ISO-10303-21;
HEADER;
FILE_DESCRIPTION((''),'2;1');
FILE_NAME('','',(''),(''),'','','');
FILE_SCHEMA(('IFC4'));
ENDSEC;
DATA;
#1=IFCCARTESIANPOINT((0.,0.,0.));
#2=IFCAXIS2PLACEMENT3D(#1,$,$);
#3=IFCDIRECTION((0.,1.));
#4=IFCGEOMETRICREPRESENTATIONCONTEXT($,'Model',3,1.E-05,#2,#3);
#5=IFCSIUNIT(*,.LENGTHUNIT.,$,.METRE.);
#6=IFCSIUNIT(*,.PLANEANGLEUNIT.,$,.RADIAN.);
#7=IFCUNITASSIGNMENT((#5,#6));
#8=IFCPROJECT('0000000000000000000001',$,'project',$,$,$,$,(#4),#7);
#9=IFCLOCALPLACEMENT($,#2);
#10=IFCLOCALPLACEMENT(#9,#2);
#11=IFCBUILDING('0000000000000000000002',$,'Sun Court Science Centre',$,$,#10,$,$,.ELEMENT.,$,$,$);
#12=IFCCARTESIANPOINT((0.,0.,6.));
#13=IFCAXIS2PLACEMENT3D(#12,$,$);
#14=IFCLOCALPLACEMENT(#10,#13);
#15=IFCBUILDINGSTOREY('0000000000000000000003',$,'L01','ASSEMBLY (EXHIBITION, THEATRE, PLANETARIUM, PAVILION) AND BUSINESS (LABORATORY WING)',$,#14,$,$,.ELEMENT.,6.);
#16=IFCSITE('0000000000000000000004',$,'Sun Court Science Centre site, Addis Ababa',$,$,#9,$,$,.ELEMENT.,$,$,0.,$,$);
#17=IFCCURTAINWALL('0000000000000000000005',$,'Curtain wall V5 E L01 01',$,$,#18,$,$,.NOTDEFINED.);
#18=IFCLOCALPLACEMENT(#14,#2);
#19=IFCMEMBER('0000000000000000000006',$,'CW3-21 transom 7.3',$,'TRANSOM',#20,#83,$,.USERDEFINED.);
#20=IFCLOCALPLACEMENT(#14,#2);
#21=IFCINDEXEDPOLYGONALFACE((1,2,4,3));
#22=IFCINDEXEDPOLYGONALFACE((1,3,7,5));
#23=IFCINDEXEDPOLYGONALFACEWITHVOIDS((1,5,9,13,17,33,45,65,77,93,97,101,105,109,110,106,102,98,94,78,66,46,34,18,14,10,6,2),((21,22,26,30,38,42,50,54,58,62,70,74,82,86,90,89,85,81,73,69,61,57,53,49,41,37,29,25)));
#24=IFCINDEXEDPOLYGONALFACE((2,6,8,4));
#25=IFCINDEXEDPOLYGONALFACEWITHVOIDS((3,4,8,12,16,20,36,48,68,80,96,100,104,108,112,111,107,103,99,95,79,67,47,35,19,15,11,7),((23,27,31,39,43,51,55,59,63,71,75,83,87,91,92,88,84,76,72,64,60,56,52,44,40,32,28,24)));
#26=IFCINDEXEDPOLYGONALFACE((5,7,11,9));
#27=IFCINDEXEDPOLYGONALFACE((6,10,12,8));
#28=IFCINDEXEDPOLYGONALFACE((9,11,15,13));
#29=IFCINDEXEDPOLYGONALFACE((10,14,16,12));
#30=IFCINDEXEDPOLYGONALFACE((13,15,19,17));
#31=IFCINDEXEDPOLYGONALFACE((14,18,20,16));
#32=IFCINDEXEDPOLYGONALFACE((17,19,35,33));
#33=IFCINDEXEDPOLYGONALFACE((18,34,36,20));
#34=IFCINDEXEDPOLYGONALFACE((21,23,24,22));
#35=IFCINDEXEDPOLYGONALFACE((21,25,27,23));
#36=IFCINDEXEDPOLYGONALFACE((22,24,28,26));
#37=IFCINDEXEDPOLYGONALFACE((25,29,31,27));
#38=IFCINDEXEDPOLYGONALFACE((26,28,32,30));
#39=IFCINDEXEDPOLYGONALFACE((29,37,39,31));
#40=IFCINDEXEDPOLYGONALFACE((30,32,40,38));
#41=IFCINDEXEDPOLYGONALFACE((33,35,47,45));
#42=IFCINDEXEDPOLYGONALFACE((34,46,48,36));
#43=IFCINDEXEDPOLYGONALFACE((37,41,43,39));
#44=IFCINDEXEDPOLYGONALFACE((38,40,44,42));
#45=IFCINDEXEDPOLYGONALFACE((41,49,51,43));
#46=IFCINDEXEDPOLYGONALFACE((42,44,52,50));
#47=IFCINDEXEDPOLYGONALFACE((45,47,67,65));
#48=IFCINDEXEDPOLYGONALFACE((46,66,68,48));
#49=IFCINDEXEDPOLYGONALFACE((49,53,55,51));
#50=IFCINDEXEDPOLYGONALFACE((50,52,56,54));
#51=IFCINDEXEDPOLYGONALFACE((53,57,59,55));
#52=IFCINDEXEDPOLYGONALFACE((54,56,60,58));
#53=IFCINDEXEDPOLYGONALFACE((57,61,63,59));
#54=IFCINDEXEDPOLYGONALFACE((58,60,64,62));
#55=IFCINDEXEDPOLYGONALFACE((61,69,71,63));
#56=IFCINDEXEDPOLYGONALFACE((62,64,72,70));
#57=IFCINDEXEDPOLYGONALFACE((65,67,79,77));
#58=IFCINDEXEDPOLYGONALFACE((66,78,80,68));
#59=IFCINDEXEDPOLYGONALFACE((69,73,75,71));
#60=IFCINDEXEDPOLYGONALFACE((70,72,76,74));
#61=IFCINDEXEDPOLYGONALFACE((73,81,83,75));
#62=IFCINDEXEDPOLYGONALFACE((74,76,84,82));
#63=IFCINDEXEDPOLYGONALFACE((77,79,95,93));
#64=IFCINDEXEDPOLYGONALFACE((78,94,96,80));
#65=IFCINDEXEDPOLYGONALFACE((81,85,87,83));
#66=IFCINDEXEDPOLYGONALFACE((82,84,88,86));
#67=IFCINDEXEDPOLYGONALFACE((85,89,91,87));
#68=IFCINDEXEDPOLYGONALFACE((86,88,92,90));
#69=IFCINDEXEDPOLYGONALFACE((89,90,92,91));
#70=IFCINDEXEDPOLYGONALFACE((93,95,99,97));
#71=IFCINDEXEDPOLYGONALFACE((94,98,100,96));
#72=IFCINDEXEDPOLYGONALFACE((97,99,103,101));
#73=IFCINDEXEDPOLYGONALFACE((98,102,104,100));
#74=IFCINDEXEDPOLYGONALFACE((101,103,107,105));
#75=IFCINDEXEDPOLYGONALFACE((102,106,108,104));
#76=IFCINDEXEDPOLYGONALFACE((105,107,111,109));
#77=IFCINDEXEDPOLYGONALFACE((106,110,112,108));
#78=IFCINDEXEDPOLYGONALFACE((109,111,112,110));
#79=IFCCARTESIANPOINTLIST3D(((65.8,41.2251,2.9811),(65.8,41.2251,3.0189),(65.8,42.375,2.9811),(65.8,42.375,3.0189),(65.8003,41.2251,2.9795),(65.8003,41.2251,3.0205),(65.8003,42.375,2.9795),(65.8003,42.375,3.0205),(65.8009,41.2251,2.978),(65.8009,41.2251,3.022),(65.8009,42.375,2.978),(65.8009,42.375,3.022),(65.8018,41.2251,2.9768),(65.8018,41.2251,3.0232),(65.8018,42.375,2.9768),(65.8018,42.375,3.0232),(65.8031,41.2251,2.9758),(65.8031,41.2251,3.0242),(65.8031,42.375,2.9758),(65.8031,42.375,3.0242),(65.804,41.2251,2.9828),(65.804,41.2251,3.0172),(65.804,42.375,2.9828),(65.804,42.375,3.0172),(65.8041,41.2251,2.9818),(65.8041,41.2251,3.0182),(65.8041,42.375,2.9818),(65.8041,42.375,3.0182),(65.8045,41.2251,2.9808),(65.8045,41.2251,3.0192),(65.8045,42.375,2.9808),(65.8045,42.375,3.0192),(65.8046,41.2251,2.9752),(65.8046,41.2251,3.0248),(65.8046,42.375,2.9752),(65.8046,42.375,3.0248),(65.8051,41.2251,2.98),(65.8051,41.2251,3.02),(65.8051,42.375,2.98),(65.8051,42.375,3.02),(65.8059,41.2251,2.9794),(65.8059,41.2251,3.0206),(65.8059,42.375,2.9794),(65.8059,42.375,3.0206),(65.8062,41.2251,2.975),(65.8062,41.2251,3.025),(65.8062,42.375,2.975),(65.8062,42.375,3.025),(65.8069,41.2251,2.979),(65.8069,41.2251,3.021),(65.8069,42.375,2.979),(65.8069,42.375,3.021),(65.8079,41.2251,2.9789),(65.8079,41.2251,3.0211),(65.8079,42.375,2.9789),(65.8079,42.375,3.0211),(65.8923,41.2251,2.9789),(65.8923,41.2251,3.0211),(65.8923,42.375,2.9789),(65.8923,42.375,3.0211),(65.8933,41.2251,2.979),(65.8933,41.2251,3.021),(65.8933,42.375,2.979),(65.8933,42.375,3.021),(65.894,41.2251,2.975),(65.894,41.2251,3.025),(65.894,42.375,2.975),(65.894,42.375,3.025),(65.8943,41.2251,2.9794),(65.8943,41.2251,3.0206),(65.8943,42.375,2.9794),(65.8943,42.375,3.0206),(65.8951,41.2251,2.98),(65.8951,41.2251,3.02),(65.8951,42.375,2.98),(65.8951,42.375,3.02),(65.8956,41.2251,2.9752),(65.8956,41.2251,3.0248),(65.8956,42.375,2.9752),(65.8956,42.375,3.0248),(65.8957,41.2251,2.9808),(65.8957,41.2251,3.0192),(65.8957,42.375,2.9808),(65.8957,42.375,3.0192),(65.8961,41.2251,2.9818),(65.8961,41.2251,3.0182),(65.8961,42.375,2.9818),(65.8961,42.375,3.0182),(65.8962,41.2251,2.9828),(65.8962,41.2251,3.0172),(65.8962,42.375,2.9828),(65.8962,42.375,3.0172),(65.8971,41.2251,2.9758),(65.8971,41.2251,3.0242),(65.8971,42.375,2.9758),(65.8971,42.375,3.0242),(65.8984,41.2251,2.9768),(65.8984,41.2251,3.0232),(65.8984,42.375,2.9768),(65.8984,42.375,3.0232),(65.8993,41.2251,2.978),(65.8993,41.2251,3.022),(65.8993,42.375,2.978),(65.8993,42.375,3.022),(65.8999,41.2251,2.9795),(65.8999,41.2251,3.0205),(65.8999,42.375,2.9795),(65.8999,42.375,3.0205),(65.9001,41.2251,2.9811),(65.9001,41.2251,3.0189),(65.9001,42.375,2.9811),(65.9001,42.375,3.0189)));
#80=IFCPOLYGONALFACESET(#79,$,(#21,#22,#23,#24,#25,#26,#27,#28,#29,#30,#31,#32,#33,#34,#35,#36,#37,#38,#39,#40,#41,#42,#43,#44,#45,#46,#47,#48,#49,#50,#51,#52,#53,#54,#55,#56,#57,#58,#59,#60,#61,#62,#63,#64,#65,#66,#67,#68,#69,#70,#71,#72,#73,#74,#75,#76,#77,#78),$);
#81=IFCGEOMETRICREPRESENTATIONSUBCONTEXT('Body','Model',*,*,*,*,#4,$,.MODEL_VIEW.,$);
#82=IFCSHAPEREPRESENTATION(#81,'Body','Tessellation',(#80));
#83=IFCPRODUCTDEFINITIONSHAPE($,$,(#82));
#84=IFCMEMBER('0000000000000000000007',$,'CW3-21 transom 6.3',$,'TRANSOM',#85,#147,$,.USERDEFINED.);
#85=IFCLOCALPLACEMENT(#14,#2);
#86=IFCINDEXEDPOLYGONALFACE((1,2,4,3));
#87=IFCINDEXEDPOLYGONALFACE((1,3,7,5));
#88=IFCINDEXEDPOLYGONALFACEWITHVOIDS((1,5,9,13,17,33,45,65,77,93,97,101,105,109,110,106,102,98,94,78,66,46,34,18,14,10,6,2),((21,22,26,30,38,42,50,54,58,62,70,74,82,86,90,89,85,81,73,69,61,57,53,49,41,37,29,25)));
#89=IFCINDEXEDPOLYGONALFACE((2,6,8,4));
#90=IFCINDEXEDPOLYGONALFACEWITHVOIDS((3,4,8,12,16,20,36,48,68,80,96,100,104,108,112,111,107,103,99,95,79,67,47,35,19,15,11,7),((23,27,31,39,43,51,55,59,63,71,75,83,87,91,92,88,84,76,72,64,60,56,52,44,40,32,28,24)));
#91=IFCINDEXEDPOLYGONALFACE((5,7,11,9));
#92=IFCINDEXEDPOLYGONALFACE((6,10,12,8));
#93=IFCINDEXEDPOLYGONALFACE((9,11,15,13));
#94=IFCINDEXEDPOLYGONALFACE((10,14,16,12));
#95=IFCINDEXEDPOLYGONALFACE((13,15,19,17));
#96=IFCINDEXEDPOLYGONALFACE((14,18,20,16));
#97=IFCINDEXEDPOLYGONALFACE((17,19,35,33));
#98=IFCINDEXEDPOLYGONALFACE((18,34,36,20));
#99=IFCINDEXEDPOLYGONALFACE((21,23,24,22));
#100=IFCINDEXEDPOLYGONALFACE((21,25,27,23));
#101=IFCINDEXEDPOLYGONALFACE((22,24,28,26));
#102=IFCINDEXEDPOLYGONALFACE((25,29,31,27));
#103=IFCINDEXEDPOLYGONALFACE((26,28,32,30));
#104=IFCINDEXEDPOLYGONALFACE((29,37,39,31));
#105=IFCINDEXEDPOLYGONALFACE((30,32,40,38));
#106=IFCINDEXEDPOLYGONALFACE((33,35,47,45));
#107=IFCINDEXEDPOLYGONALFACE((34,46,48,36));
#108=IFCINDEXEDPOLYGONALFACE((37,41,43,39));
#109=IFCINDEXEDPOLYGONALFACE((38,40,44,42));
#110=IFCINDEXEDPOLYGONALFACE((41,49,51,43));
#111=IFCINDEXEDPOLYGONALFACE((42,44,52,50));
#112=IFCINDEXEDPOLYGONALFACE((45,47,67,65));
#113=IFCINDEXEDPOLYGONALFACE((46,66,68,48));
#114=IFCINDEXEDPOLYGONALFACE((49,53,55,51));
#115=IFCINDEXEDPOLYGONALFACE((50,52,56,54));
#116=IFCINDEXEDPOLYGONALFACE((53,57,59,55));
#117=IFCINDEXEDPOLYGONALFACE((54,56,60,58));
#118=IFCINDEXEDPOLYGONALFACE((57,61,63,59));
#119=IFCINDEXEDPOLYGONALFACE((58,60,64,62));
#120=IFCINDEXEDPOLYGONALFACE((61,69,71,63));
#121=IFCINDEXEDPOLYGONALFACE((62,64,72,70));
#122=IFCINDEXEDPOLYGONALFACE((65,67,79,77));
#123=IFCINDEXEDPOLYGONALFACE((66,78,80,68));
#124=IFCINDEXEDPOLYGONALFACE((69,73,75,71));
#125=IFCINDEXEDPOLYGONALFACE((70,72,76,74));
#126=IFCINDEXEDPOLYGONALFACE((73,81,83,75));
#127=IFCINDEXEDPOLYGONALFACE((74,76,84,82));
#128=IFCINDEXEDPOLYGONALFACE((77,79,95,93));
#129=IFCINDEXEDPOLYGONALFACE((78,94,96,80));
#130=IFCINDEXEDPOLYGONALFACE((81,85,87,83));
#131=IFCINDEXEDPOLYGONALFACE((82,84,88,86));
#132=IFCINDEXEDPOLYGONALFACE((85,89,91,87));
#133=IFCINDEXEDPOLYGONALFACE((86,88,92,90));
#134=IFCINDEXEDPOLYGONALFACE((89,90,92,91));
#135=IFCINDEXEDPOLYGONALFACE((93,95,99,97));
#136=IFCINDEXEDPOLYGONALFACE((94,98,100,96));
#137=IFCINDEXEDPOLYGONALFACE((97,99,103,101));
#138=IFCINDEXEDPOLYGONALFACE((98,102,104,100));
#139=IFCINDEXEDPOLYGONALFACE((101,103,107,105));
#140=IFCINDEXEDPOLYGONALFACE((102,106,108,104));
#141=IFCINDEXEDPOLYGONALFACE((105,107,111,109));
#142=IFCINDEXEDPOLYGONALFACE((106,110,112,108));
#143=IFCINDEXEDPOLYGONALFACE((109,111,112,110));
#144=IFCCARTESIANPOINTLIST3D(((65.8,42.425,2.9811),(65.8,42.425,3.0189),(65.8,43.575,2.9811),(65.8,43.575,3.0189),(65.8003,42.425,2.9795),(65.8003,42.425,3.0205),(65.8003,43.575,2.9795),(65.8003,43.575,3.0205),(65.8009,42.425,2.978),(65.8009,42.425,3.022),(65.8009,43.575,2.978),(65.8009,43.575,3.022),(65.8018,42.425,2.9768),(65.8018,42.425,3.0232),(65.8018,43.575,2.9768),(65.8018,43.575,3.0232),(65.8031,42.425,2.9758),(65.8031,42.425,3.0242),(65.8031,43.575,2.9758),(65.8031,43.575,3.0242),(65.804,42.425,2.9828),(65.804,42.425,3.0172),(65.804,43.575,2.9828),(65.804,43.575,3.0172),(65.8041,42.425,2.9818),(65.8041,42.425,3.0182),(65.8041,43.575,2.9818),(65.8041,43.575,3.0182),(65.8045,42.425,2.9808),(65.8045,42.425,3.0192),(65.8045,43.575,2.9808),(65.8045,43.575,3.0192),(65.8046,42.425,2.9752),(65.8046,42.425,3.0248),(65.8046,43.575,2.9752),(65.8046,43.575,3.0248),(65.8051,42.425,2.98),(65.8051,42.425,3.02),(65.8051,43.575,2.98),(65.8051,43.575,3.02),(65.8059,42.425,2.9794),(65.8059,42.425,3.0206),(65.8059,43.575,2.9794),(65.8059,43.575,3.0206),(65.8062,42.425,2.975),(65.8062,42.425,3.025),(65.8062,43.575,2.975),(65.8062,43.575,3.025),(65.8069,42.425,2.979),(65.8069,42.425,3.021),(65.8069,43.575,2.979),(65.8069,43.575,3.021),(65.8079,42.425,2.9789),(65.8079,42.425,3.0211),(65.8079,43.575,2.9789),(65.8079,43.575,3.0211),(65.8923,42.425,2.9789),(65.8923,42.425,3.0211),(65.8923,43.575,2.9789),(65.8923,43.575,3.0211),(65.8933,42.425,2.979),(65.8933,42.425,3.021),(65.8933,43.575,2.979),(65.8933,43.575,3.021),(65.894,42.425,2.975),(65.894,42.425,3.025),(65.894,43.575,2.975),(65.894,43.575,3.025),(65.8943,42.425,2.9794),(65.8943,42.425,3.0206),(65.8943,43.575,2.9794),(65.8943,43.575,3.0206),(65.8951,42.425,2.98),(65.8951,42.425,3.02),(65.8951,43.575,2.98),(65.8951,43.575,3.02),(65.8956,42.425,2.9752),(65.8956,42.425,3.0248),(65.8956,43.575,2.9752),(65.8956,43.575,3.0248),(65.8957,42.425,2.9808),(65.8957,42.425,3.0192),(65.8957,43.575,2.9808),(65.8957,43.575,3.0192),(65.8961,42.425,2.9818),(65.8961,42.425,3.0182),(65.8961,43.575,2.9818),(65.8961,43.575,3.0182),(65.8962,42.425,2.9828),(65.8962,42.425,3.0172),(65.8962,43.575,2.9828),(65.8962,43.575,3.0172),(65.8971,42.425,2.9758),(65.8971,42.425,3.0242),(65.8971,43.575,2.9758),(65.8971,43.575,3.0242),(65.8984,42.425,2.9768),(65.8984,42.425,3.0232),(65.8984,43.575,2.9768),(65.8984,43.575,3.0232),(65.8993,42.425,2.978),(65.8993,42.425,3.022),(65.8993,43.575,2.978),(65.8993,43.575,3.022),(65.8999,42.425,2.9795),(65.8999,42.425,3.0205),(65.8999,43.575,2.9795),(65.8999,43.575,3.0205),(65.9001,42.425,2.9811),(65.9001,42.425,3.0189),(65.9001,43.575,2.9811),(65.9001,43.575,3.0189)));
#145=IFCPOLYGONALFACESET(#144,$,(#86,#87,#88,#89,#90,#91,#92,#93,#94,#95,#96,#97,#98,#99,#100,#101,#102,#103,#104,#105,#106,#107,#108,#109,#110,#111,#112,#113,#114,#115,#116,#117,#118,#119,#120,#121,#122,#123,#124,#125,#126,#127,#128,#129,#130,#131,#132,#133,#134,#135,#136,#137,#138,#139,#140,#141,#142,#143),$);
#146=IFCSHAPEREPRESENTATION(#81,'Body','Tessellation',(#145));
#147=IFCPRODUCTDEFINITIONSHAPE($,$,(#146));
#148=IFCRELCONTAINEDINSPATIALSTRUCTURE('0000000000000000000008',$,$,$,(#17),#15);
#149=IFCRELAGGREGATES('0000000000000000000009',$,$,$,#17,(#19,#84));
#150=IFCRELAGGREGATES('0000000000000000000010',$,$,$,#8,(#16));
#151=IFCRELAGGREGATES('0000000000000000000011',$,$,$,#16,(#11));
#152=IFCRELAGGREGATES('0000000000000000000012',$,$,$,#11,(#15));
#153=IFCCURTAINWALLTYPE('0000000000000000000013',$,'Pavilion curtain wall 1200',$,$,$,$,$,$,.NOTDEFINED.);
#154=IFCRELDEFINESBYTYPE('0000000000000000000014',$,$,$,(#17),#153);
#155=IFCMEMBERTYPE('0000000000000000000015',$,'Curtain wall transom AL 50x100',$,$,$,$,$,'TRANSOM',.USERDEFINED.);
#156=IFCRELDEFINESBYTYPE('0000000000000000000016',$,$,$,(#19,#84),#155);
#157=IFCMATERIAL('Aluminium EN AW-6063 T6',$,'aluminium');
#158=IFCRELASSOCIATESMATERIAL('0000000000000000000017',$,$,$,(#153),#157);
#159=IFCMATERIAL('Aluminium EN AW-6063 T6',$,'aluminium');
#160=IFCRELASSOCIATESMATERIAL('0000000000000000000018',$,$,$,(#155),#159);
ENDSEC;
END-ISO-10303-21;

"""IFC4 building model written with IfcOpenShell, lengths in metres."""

from ifc_helpers import new_model, si_unit, direction, frame, origin, origin_2d, place, context, subcontext, project, spatial, hollow_rectangle, extrude, material, material_profile, profile_set, type_object, element, aggregate, save


model = new_model("IFC4")

# Units and contexts
model_context = context("Model", 3, precision=1e-05, world=origin(), true_north=direction((0.0, 1.0)))
body_context = subcontext(model_context, "Body", "Model", "MODEL_VIEW")
ifc_project = project(units=[si_unit("LENGTHUNIT", "METRE"), si_unit("PLANEANGLEUNIT", "RADIAN")], contexts=[model_context])

# Site, building, storey
site_placement = place(None, origin())
site = spatial("IfcSite", under=ifc_project, at=site_placement, Name="Sun Court Science Centre site, Addis Ababa", CompositionType="ELEMENT", RefElevation=0.0)
building_placement = place(site_placement, origin())
building = spatial("IfcBuilding", under=site, at=building_placement, Name="Sun Court Science Centre", CompositionType="ELEMENT")
storey_placement = place(building_placement, frame((0.0, 0.0, 6.0)))
storey = spatial("IfcBuildingStorey", under=building, at=storey_placement, Name="L01", Description="ASSEMBLY (EXHIBITION, THEATRE, PLANETARIUM, PAVILION) AND BUSINESS (LABORATORY WING)", CompositionType="ELEMENT", Elevation=6.0)

# Curtain wall, members
ifc_material_1 = material(Name="Aluminium EN AW-6063 T6", Category="aluminium")
curtain_wall_type = type_object("IfcCurtainWallType", Name="Pavilion curtain wall 1200", PredefinedType="NOTDEFINED", material=ifc_material_1)
curtain_wall_placement = place(storey_placement, origin())
curtain_wall = element("IfcCurtainWall", 1, at=curtain_wall_placement, inside=storey, type_object=curtain_wall_type, Name="Curtain wall V5 E L01 01", PredefinedType="NOTDEFINED")
ifc_material_2 = material(Name="Aluminium EN AW-6063 T6", Category="aluminium")
ifc_material_profile_1 = material_profile(ifc_material_2, hollow_rectangle(XDim=0.05, YDim=0.1001, WallThickness=0.0039, InnerFilletRadius=0.0039, OuterFilletRadius=0.0061, at=origin_2d()), Name="AL 50x100x4")
ifc_profile_set_1 = profile_set([ifc_material_profile_1], Name="Aluminium EN AW-6063 T6")
member_type_1 = type_object("IfcMemberType", Name="Curtain wall transom AL 50x100", ElementType="TRANSOM", PredefinedType="USERDEFINED", material=ifc_profile_set_1)
member_1_placement = place(storey_placement, frame((65.8501, 42.375, 3.0), z_axis=(0.0, -1.0, 0.0), x_axis=(0.0, 0.0, 1.0)))
member_1 = element("IfcMember", 2, at=member_1_placement, type_object=member_type_1, Name="CW3-21 transom 7.3", ObjectType="TRANSOM", PredefinedType="USERDEFINED", context=body_context, shape_type="SweptSolid", body=[
    extrude(hollow_rectangle(XDim=0.05, YDim=0.1001, WallThickness=0.0039, InnerFilletRadius=0.0039, OuterFilletRadius=0.0061, at=origin_2d()), origin(), (0.0, 0.0, 1.0), 1.1499),
])
member_2_placement = place(storey_placement, frame((65.8501, 43.575, 3.0), z_axis=(0.0, -1.0, 0.0), x_axis=(0.0, 0.0, 1.0)))
member_2 = element("IfcMember", 3, at=member_2_placement, type_object=member_type_1, Name="CW3-21 transom 6.3", ObjectType="TRANSOM", PredefinedType="USERDEFINED", context=body_context, shape_type="SweptSolid", body=[
    extrude(hollow_rectangle(XDim=0.05, YDim=0.1001, WallThickness=0.0039, InnerFilletRadius=0.0039, OuterFilletRadius=0.0061, at=origin_2d()), origin(), (0.0, 0.0, 1.0), 1.1499),
])
aggregate(curtain_wall, [member_1, member_2])

save(model, "model.ifc")
